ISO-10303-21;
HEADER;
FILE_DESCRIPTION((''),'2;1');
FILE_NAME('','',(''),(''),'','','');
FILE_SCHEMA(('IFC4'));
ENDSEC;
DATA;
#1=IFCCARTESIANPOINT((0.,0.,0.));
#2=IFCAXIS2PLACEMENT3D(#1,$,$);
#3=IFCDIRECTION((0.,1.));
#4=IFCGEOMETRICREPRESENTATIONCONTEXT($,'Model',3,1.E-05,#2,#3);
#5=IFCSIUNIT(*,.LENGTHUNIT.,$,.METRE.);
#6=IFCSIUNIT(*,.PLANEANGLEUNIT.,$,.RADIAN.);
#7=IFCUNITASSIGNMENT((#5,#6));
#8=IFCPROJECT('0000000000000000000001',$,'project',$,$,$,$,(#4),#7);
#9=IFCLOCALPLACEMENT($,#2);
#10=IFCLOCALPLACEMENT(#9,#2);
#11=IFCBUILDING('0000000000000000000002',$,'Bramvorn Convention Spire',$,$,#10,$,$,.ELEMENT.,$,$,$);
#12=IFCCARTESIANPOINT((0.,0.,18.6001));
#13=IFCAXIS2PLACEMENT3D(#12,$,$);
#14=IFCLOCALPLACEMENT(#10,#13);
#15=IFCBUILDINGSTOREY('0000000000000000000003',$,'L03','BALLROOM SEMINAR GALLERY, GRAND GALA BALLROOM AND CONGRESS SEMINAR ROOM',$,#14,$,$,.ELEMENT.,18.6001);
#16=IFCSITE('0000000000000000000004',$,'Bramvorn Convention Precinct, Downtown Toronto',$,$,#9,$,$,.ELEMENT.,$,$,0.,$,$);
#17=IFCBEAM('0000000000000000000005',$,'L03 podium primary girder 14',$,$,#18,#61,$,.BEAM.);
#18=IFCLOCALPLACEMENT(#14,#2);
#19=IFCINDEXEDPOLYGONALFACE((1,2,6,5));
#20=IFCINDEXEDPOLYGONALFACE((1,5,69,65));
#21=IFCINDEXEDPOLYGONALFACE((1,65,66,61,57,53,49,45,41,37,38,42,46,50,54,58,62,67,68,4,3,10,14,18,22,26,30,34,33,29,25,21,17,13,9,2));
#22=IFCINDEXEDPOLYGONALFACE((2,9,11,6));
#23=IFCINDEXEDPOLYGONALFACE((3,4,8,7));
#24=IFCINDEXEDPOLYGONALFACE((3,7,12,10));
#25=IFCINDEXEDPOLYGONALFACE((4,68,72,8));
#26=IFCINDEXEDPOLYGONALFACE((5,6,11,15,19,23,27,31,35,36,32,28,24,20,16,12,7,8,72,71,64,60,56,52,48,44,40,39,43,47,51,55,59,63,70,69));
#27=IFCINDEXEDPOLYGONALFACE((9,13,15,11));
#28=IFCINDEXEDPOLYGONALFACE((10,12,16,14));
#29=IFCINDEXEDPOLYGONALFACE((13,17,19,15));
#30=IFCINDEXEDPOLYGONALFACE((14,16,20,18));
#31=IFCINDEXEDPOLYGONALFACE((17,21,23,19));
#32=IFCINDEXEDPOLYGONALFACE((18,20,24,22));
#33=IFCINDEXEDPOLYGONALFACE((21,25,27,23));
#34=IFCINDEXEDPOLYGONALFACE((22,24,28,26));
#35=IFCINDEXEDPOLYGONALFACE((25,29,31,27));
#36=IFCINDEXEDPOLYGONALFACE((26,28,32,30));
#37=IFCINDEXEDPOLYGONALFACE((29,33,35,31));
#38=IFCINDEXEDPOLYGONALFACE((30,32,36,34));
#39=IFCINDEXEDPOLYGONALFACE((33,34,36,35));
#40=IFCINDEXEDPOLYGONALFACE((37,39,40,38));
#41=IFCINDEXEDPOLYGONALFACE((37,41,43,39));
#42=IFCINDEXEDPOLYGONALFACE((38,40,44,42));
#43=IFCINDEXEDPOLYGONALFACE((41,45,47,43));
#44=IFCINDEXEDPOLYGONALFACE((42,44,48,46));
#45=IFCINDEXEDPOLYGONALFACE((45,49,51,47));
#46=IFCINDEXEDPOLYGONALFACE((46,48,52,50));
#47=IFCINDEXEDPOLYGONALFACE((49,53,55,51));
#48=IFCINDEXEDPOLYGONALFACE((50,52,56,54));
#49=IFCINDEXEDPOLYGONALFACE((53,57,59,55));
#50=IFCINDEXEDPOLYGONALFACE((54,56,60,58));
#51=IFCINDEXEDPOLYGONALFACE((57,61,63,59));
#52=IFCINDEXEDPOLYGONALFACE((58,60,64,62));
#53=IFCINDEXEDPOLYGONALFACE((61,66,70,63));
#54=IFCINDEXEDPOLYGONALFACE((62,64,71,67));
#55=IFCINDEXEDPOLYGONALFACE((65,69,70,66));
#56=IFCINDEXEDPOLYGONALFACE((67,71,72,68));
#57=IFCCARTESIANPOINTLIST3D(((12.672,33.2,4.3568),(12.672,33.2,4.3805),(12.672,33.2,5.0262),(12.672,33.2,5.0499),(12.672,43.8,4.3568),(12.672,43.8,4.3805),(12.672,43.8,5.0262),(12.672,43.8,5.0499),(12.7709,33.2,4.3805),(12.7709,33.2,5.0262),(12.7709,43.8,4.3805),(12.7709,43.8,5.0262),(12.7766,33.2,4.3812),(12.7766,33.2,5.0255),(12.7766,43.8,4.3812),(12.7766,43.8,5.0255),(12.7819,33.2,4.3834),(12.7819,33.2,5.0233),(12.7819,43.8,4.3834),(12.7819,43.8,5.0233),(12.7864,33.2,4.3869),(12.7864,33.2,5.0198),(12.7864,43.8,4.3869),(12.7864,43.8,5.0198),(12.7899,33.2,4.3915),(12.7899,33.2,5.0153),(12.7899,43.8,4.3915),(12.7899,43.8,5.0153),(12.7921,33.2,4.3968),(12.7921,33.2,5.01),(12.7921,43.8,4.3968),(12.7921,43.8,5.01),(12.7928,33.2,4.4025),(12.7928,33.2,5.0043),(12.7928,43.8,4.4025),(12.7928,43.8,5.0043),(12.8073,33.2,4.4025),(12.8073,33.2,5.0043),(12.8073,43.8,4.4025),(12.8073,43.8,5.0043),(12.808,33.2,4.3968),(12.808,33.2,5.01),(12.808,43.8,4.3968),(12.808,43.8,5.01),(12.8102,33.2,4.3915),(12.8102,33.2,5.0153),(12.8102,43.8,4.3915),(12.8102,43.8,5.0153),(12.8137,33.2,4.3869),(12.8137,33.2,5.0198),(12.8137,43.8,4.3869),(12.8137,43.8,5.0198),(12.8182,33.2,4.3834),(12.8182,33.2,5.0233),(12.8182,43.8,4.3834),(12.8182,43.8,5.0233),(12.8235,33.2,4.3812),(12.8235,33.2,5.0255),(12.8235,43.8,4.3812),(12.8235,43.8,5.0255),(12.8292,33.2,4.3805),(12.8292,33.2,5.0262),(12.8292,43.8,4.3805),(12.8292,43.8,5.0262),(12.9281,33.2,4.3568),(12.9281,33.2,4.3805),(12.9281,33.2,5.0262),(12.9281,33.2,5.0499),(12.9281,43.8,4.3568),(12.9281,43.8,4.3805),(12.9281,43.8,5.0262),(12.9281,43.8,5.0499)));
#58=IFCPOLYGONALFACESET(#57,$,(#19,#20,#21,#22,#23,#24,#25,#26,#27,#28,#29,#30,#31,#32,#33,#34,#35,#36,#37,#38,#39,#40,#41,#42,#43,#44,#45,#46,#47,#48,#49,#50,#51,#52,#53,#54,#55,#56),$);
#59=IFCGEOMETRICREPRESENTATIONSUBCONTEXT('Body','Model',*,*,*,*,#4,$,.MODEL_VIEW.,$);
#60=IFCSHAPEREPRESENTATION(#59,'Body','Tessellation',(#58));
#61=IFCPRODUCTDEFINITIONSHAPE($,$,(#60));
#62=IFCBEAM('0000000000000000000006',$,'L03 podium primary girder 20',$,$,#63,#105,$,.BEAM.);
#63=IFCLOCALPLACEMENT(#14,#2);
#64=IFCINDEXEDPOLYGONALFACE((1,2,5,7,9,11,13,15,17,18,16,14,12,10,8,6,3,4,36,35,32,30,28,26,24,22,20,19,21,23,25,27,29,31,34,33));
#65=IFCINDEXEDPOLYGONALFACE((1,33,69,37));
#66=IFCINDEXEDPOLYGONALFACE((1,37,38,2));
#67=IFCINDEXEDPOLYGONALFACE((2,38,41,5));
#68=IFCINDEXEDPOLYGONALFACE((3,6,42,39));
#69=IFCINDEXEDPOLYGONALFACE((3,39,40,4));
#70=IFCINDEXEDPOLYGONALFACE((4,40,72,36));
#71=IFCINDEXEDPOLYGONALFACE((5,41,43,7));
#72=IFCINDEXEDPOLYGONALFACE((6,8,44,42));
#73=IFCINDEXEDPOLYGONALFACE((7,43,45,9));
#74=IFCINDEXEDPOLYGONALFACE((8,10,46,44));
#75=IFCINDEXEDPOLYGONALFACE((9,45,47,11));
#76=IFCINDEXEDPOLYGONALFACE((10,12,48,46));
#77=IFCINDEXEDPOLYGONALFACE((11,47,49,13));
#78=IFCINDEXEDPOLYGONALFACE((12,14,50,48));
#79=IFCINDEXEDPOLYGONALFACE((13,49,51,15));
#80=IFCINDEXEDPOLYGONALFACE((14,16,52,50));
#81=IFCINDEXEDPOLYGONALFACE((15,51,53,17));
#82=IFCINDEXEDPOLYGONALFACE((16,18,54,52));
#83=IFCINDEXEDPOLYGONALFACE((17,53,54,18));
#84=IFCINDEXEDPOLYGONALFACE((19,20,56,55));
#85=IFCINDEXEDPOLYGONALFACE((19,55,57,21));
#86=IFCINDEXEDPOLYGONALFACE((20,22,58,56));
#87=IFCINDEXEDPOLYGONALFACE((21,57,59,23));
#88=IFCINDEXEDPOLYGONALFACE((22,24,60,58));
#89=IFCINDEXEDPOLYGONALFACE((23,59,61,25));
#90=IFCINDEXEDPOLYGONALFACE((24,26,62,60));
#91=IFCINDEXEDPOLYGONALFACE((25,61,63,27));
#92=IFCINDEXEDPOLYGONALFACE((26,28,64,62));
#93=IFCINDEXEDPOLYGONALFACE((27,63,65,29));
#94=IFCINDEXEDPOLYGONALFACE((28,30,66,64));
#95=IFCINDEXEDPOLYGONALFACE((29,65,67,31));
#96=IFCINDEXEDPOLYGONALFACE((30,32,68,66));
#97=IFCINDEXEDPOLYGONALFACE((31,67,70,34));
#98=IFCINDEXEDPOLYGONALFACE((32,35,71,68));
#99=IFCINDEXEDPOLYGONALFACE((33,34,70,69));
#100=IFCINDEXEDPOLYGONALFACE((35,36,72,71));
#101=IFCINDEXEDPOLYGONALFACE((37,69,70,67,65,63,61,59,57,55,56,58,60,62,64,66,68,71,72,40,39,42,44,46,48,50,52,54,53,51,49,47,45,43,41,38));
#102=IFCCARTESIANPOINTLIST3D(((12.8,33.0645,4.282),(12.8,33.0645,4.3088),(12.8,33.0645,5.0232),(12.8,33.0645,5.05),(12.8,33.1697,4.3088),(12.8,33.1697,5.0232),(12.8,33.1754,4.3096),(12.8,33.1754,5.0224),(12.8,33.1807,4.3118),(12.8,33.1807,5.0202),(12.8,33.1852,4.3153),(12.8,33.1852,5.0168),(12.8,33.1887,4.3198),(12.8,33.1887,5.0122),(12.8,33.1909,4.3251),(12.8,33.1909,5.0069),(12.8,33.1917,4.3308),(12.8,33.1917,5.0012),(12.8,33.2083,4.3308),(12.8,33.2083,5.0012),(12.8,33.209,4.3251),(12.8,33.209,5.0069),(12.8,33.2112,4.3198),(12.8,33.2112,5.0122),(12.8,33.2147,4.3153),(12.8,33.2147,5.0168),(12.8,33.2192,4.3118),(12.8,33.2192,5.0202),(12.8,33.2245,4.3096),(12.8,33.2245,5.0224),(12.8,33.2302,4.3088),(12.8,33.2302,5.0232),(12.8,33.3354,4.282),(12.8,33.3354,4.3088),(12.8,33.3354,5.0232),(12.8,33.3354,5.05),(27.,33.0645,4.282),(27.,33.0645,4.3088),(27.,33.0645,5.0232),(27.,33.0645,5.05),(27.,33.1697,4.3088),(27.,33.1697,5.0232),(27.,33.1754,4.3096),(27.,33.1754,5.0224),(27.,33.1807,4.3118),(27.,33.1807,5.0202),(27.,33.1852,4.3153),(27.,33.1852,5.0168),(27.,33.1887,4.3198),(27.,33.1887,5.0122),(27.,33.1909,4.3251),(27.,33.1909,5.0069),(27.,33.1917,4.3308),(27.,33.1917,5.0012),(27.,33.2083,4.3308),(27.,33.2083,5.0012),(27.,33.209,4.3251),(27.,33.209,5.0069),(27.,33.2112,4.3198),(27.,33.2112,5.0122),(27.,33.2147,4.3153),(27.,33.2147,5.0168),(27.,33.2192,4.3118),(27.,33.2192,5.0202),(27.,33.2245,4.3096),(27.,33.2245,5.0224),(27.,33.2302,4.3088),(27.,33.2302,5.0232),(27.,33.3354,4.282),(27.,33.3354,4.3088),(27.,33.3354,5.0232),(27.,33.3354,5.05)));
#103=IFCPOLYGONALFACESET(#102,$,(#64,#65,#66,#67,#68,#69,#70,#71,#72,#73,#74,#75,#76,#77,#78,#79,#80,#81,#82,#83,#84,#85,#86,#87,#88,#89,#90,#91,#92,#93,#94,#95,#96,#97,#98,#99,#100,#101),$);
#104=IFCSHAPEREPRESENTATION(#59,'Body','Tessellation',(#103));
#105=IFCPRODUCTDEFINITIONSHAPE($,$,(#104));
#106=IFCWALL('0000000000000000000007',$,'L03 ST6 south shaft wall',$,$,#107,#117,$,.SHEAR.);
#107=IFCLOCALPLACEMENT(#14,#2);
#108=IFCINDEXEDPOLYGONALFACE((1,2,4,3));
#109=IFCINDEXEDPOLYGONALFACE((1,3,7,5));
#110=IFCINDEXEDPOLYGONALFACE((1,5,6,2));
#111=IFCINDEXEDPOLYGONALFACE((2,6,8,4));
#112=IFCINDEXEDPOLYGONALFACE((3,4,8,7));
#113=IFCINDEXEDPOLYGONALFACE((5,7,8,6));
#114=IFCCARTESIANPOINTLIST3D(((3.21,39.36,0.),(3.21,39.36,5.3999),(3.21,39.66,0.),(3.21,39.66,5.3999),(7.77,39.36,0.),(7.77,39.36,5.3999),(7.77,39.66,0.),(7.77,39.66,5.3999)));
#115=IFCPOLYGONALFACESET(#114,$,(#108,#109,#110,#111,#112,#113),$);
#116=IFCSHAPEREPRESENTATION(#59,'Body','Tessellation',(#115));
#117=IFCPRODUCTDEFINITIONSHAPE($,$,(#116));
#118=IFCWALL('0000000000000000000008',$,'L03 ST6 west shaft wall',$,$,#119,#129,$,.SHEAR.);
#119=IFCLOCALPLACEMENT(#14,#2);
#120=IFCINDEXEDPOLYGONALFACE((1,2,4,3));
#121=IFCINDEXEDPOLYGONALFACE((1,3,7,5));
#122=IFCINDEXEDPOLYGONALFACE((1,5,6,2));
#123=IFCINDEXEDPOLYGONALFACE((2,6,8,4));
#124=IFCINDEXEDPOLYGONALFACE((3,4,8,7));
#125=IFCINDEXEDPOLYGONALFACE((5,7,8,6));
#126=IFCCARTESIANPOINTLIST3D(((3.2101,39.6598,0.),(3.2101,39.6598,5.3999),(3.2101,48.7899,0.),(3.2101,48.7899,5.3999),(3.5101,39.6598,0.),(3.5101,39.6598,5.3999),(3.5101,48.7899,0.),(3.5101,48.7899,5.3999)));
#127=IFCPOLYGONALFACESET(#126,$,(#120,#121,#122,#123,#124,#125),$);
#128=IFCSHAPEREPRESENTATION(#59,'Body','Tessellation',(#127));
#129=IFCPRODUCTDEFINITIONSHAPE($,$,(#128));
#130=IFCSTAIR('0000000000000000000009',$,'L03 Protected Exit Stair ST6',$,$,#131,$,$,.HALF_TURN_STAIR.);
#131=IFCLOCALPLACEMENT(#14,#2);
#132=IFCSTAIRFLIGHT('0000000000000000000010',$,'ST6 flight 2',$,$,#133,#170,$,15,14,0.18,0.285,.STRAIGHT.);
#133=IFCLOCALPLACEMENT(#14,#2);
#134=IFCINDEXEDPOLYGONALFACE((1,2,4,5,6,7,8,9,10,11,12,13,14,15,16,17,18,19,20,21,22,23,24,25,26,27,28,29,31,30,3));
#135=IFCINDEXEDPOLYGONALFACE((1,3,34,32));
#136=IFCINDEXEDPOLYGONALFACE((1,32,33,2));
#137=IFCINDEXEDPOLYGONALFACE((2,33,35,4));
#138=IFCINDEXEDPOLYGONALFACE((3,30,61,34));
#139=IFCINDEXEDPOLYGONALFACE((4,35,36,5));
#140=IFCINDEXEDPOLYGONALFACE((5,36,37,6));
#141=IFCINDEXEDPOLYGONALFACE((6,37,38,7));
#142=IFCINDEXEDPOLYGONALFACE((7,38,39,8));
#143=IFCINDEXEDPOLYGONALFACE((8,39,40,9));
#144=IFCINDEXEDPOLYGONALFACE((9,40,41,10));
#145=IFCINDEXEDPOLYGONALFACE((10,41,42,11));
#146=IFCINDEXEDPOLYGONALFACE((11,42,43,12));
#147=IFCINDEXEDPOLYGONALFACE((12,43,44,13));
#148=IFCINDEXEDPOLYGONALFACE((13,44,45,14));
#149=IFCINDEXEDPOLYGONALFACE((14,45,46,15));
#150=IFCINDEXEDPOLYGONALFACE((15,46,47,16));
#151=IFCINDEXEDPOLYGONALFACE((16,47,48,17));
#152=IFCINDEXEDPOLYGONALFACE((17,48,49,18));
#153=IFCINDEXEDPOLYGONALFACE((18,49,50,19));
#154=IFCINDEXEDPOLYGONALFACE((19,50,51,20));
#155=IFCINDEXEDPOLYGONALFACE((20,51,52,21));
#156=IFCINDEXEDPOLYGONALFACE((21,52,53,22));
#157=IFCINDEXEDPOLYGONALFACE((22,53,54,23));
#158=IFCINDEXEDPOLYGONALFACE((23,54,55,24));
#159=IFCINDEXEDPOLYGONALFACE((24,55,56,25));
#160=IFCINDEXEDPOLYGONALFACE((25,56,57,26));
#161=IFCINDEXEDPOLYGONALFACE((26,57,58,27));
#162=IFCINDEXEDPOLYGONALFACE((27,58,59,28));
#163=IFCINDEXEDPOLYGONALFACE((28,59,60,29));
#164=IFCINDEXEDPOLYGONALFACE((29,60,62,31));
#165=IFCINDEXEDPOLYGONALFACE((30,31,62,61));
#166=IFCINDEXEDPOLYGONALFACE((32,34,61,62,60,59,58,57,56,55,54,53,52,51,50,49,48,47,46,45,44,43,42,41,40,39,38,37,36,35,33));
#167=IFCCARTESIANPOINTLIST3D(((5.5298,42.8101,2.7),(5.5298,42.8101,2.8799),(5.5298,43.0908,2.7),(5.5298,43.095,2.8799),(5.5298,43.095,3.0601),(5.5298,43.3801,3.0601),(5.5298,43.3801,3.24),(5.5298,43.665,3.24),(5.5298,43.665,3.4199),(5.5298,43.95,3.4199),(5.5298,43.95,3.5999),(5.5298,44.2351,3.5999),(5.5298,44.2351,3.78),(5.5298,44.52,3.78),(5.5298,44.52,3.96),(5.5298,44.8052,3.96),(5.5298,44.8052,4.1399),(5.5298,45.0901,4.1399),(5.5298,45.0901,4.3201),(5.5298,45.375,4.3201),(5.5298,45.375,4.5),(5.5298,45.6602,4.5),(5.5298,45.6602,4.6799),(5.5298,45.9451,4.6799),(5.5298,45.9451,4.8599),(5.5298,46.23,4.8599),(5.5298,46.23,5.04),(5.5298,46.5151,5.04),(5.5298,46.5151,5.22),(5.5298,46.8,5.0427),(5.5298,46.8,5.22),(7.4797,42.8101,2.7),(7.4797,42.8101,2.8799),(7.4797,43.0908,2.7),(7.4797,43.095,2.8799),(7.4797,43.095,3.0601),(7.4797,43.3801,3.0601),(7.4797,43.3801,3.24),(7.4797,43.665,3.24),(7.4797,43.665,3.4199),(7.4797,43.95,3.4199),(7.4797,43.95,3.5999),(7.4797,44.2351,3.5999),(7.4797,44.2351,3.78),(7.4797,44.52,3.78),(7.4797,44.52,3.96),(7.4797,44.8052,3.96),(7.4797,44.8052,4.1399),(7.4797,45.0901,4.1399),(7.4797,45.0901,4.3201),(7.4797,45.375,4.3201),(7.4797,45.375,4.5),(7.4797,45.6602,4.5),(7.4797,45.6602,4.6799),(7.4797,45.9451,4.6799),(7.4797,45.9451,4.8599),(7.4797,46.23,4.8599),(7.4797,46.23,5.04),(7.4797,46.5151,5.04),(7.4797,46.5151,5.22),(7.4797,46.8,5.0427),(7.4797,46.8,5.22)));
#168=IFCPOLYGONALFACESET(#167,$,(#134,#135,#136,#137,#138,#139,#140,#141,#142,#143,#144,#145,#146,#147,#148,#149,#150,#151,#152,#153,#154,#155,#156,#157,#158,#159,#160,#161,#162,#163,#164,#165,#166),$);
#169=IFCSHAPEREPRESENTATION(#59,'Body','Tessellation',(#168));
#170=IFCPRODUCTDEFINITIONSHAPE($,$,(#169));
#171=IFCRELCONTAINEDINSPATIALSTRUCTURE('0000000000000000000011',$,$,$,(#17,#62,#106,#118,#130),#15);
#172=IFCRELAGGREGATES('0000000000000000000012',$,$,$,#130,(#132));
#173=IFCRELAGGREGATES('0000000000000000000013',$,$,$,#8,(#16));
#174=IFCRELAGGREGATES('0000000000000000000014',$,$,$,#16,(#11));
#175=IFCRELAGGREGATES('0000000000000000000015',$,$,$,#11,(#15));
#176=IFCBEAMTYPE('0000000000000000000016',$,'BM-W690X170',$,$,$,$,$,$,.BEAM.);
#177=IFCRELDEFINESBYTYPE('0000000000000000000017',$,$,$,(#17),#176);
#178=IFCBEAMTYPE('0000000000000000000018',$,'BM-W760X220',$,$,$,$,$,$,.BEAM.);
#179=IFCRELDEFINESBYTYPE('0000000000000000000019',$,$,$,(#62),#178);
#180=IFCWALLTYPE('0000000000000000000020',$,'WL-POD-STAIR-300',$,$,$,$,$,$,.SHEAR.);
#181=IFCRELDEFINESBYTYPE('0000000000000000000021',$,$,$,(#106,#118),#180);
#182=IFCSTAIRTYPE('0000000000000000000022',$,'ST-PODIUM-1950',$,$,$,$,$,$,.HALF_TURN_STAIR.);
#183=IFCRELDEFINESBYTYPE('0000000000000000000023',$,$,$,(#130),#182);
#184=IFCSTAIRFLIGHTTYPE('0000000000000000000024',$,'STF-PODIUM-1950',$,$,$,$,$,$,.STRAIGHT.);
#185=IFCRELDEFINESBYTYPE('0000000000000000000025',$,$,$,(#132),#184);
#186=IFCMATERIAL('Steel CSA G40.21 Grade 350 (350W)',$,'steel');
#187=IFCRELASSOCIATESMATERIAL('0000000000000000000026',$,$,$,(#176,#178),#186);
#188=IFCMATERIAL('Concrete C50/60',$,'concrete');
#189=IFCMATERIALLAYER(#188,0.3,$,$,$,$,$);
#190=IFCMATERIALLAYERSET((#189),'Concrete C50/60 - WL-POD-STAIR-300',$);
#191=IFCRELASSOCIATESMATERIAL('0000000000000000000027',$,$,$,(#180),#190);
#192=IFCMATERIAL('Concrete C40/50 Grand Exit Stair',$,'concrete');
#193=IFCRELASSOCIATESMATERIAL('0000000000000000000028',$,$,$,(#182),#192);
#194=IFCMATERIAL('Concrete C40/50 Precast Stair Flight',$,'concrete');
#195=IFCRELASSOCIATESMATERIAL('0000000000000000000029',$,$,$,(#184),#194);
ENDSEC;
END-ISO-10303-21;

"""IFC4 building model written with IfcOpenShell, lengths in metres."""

from ifc_helpers import new_model, si_unit, direction, frame, frame_2d, origin, origin_2d, place, context, subcontext, project, spatial, polyline, rectangle, i_section, outline, extrude, material, layer, layer_set, material_profile, profile_set, type_object, element, aggregate, save


model = new_model("IFC4")

# Units and contexts
model_context = context("Model", 3, precision=1e-05, world=origin(), true_north=direction((0.0, 1.0)))
body_context = subcontext(model_context, "Body", "Model", "MODEL_VIEW")
ifc_project = project(units=[si_unit("LENGTHUNIT", "METRE"), si_unit("PLANEANGLEUNIT", "RADIAN")], contexts=[model_context])

# Site, building, storey
site_placement = place(None, origin())
site = spatial("IfcSite", under=ifc_project, at=site_placement, Name="Bramvorn Convention Precinct, Downtown Toronto", CompositionType="ELEMENT", RefElevation=0.0)
building_placement = place(site_placement, origin())
building = spatial("IfcBuilding", under=site, at=building_placement, Name="Bramvorn Convention Spire", CompositionType="ELEMENT")
storey_placement = place(building_placement, frame((0.0, 0.0, 18.6001)))
storey = spatial("IfcBuildingStorey", under=building, at=storey_placement, Name="L03", Description="BALLROOM SEMINAR GALLERY, GRAND GALA BALLROOM AND CONGRESS SEMINAR ROOM", CompositionType="ELEMENT", Elevation=18.6001)

# Shared definitions
ifc_material_1 = material(Name="Steel CSA G40.21 Grade 350 (350W)", Category="steel")

# Beams
ifc_material_profile_1 = material_profile(ifc_material_1, i_section(OverallWidth=0.2561, OverallDepth=0.6931, WebThickness=0.0144, FlangeThickness=0.0237, FilletRadius=0.022, at=origin_2d()))
ifc_profile_set_1 = profile_set([ifc_material_profile_1], Name="Steel CSA G40.21 Grade 350 (350W) - W690X170")
beam_type_1 = type_object("IfcBeamType", Name="BM-W690X170", PredefinedType="BEAM", material=ifc_profile_set_1)
beam_1_placement = place(storey_placement, frame((12.8, 33.2, 4.7034), z_axis=(0.0, 1.0, 0.0), x_axis=(-1.0, 0.0, 0.0)))
element("IfcBeam", 1, at=beam_1_placement, inside=storey, type_object=beam_type_1, Name="L03 podium primary girder 14", PredefinedType="BEAM", context=body_context, shape_type="SweptSolid", body=[
    extrude(i_section(OverallWidth=0.2561, OverallDepth=0.6931, WebThickness=0.0144, FlangeThickness=0.0237, FilletRadius=0.022, at=origin_2d()), origin(), (0.0, 0.0, 1.0), 10.6001),
])
ifc_material_profile_2 = material_profile(ifc_material_1, i_section(OverallWidth=0.271, OverallDepth=0.7681, WebThickness=0.0166, FlangeThickness=0.0269, FilletRadius=0.022, at=origin_2d()))
ifc_profile_set_2 = profile_set([ifc_material_profile_2], Name="Steel CSA G40.21 Grade 350 (350W) - W760X220")
beam_type_2 = type_object("IfcBeamType", Name="BM-W760X220", PredefinedType="BEAM", material=ifc_profile_set_2)
beam_2_placement = place(storey_placement, frame((12.8, 33.2, 4.666), z_axis=(1.0, 0.0, 0.0), x_axis=(0.0, 1.0, 0.0)))
element("IfcBeam", 2, at=beam_2_placement, inside=storey, type_object=beam_type_2, Name="L03 podium primary girder 20", PredefinedType="BEAM", context=body_context, shape_type="SweptSolid", body=[
    extrude(i_section(OverallWidth=0.271, OverallDepth=0.7681, WebThickness=0.0166, FlangeThickness=0.0269, FilletRadius=0.022, at=origin_2d()), origin(), (0.0, 0.0, 1.0), 14.2),
])

# Walls
ifc_material_2 = material(Name="Concrete C50/60", Category="concrete")
ifc_layer = layer(ifc_material_2, 0.3)
ifc_layer_set = layer_set([ifc_layer], Name="Concrete C50/60 - WL-POD-STAIR-300")
wall_type = type_object("IfcWallType", Name="WL-POD-STAIR-300", PredefinedType="SHEAR", material=ifc_layer_set)
wall_1_placement = place(storey_placement, frame((3.21, 39.51, 0.0), z_axis=(0.0, 0.0, 1.0), x_axis=(1.0, 0.0, 0.0)))
element("IfcWall", 3, at=wall_1_placement, inside=storey, type_object=wall_type, Name="L03 ST6 south shaft wall", PredefinedType="SHEAR", context=body_context, shape_type="SweptSolid", body=[
    extrude(rectangle(XDim=4.5601, YDim=0.3, at=frame_2d((2.28, 0.0))), origin(), (0.0, 0.0, 1.0), 5.3999),
])
wall_2_placement = place(storey_placement, frame((3.3601, 39.6599, 0.0), z_axis=(0.0, 0.0, 1.0), x_axis=(0.0, 1.0, 0.0)))
element("IfcWall", 4, at=wall_2_placement, inside=storey, type_object=wall_type, Name="L03 ST6 west shaft wall", PredefinedType="SHEAR", context=body_context, shape_type="SweptSolid", body=[
    extrude(rectangle(XDim=9.1301, YDim=0.3, at=frame_2d((4.5649, 0.0))), origin(), (0.0, 0.0, 1.0), 5.3999),
])

# Stair, stair flight
ifc_material_3 = material(Name="Concrete C40/50 Grand Exit Stair", Category="concrete")
stair_type = type_object("IfcStairType", Name="ST-PODIUM-1950", PredefinedType="HALF_TURN_STAIR", material=ifc_material_3)
stair_placement = place(storey_placement, origin())
stair = element("IfcStair", 5, at=stair_placement, inside=storey, type_object=stair_type, Name="L03 Protected Exit Stair ST6", PredefinedType="HALF_TURN_STAIR")
ifc_material_4 = material(Name="Concrete C40/50 Precast Stair Flight", Category="concrete")
stair_flight_type = type_object("IfcStairFlightType", Name="STF-PODIUM-1950", PredefinedType="STRAIGHT", material=ifc_material_4)
stair_flight_placement = place(storey_placement, frame((6.5049, 42.8101, 2.7), z_axis=(0.0, 0.0, 1.0), x_axis=(0.0, 1.0, 0.0)))
stair_flight = element("IfcStairFlight", 6, at=stair_flight_placement, type_object=stair_flight_type, Name="ST6 flight 2", NumberOfRisers=15, NumberOfTreads=14, PredefinedType="STRAIGHT", RiserHeight=0.18, TreadLength=0.285, context=body_context, shape_type="SweptSolid", body=[
    extrude(outline(polyline([(0.0, 0.0), (0.0, 0.1799), (0.2849, 0.1799), (0.2849, 0.3601), (0.5701, 0.3601), (0.5701, 0.54), (0.855, 0.54), (0.855, 0.72), (1.1399, 0.72), (1.1399, 0.8999), (1.425, 0.8999), (1.425, 1.0801), (1.71, 1.0801), (1.71, 1.26), (1.9951, 1.26), (1.9951, 1.4399), (2.28, 1.4399), (2.28, 1.6201), (2.5649, 1.6201), (2.5649, 1.8), (2.8501, 1.8), (2.8501, 1.98), (3.135, 1.98), (3.135, 2.1599), (3.4199, 2.1599), (3.4199, 2.3401), (3.7051, 2.3401), (3.7051, 2.52), (3.99, 2.52), (3.99, 2.7), (3.99, 2.3428), (0.2808, 0.0), (0.0, 0.0)])), frame((0.0, 0.9751, 0.0), z_axis=(0.0, -1.0, 0.0), x_axis=(1.0, 0.0, 0.0)), (0.0, 0.0, 1.0), 1.95),
])
aggregate(stair, [stair_flight])

save(model, "model.ifc")
